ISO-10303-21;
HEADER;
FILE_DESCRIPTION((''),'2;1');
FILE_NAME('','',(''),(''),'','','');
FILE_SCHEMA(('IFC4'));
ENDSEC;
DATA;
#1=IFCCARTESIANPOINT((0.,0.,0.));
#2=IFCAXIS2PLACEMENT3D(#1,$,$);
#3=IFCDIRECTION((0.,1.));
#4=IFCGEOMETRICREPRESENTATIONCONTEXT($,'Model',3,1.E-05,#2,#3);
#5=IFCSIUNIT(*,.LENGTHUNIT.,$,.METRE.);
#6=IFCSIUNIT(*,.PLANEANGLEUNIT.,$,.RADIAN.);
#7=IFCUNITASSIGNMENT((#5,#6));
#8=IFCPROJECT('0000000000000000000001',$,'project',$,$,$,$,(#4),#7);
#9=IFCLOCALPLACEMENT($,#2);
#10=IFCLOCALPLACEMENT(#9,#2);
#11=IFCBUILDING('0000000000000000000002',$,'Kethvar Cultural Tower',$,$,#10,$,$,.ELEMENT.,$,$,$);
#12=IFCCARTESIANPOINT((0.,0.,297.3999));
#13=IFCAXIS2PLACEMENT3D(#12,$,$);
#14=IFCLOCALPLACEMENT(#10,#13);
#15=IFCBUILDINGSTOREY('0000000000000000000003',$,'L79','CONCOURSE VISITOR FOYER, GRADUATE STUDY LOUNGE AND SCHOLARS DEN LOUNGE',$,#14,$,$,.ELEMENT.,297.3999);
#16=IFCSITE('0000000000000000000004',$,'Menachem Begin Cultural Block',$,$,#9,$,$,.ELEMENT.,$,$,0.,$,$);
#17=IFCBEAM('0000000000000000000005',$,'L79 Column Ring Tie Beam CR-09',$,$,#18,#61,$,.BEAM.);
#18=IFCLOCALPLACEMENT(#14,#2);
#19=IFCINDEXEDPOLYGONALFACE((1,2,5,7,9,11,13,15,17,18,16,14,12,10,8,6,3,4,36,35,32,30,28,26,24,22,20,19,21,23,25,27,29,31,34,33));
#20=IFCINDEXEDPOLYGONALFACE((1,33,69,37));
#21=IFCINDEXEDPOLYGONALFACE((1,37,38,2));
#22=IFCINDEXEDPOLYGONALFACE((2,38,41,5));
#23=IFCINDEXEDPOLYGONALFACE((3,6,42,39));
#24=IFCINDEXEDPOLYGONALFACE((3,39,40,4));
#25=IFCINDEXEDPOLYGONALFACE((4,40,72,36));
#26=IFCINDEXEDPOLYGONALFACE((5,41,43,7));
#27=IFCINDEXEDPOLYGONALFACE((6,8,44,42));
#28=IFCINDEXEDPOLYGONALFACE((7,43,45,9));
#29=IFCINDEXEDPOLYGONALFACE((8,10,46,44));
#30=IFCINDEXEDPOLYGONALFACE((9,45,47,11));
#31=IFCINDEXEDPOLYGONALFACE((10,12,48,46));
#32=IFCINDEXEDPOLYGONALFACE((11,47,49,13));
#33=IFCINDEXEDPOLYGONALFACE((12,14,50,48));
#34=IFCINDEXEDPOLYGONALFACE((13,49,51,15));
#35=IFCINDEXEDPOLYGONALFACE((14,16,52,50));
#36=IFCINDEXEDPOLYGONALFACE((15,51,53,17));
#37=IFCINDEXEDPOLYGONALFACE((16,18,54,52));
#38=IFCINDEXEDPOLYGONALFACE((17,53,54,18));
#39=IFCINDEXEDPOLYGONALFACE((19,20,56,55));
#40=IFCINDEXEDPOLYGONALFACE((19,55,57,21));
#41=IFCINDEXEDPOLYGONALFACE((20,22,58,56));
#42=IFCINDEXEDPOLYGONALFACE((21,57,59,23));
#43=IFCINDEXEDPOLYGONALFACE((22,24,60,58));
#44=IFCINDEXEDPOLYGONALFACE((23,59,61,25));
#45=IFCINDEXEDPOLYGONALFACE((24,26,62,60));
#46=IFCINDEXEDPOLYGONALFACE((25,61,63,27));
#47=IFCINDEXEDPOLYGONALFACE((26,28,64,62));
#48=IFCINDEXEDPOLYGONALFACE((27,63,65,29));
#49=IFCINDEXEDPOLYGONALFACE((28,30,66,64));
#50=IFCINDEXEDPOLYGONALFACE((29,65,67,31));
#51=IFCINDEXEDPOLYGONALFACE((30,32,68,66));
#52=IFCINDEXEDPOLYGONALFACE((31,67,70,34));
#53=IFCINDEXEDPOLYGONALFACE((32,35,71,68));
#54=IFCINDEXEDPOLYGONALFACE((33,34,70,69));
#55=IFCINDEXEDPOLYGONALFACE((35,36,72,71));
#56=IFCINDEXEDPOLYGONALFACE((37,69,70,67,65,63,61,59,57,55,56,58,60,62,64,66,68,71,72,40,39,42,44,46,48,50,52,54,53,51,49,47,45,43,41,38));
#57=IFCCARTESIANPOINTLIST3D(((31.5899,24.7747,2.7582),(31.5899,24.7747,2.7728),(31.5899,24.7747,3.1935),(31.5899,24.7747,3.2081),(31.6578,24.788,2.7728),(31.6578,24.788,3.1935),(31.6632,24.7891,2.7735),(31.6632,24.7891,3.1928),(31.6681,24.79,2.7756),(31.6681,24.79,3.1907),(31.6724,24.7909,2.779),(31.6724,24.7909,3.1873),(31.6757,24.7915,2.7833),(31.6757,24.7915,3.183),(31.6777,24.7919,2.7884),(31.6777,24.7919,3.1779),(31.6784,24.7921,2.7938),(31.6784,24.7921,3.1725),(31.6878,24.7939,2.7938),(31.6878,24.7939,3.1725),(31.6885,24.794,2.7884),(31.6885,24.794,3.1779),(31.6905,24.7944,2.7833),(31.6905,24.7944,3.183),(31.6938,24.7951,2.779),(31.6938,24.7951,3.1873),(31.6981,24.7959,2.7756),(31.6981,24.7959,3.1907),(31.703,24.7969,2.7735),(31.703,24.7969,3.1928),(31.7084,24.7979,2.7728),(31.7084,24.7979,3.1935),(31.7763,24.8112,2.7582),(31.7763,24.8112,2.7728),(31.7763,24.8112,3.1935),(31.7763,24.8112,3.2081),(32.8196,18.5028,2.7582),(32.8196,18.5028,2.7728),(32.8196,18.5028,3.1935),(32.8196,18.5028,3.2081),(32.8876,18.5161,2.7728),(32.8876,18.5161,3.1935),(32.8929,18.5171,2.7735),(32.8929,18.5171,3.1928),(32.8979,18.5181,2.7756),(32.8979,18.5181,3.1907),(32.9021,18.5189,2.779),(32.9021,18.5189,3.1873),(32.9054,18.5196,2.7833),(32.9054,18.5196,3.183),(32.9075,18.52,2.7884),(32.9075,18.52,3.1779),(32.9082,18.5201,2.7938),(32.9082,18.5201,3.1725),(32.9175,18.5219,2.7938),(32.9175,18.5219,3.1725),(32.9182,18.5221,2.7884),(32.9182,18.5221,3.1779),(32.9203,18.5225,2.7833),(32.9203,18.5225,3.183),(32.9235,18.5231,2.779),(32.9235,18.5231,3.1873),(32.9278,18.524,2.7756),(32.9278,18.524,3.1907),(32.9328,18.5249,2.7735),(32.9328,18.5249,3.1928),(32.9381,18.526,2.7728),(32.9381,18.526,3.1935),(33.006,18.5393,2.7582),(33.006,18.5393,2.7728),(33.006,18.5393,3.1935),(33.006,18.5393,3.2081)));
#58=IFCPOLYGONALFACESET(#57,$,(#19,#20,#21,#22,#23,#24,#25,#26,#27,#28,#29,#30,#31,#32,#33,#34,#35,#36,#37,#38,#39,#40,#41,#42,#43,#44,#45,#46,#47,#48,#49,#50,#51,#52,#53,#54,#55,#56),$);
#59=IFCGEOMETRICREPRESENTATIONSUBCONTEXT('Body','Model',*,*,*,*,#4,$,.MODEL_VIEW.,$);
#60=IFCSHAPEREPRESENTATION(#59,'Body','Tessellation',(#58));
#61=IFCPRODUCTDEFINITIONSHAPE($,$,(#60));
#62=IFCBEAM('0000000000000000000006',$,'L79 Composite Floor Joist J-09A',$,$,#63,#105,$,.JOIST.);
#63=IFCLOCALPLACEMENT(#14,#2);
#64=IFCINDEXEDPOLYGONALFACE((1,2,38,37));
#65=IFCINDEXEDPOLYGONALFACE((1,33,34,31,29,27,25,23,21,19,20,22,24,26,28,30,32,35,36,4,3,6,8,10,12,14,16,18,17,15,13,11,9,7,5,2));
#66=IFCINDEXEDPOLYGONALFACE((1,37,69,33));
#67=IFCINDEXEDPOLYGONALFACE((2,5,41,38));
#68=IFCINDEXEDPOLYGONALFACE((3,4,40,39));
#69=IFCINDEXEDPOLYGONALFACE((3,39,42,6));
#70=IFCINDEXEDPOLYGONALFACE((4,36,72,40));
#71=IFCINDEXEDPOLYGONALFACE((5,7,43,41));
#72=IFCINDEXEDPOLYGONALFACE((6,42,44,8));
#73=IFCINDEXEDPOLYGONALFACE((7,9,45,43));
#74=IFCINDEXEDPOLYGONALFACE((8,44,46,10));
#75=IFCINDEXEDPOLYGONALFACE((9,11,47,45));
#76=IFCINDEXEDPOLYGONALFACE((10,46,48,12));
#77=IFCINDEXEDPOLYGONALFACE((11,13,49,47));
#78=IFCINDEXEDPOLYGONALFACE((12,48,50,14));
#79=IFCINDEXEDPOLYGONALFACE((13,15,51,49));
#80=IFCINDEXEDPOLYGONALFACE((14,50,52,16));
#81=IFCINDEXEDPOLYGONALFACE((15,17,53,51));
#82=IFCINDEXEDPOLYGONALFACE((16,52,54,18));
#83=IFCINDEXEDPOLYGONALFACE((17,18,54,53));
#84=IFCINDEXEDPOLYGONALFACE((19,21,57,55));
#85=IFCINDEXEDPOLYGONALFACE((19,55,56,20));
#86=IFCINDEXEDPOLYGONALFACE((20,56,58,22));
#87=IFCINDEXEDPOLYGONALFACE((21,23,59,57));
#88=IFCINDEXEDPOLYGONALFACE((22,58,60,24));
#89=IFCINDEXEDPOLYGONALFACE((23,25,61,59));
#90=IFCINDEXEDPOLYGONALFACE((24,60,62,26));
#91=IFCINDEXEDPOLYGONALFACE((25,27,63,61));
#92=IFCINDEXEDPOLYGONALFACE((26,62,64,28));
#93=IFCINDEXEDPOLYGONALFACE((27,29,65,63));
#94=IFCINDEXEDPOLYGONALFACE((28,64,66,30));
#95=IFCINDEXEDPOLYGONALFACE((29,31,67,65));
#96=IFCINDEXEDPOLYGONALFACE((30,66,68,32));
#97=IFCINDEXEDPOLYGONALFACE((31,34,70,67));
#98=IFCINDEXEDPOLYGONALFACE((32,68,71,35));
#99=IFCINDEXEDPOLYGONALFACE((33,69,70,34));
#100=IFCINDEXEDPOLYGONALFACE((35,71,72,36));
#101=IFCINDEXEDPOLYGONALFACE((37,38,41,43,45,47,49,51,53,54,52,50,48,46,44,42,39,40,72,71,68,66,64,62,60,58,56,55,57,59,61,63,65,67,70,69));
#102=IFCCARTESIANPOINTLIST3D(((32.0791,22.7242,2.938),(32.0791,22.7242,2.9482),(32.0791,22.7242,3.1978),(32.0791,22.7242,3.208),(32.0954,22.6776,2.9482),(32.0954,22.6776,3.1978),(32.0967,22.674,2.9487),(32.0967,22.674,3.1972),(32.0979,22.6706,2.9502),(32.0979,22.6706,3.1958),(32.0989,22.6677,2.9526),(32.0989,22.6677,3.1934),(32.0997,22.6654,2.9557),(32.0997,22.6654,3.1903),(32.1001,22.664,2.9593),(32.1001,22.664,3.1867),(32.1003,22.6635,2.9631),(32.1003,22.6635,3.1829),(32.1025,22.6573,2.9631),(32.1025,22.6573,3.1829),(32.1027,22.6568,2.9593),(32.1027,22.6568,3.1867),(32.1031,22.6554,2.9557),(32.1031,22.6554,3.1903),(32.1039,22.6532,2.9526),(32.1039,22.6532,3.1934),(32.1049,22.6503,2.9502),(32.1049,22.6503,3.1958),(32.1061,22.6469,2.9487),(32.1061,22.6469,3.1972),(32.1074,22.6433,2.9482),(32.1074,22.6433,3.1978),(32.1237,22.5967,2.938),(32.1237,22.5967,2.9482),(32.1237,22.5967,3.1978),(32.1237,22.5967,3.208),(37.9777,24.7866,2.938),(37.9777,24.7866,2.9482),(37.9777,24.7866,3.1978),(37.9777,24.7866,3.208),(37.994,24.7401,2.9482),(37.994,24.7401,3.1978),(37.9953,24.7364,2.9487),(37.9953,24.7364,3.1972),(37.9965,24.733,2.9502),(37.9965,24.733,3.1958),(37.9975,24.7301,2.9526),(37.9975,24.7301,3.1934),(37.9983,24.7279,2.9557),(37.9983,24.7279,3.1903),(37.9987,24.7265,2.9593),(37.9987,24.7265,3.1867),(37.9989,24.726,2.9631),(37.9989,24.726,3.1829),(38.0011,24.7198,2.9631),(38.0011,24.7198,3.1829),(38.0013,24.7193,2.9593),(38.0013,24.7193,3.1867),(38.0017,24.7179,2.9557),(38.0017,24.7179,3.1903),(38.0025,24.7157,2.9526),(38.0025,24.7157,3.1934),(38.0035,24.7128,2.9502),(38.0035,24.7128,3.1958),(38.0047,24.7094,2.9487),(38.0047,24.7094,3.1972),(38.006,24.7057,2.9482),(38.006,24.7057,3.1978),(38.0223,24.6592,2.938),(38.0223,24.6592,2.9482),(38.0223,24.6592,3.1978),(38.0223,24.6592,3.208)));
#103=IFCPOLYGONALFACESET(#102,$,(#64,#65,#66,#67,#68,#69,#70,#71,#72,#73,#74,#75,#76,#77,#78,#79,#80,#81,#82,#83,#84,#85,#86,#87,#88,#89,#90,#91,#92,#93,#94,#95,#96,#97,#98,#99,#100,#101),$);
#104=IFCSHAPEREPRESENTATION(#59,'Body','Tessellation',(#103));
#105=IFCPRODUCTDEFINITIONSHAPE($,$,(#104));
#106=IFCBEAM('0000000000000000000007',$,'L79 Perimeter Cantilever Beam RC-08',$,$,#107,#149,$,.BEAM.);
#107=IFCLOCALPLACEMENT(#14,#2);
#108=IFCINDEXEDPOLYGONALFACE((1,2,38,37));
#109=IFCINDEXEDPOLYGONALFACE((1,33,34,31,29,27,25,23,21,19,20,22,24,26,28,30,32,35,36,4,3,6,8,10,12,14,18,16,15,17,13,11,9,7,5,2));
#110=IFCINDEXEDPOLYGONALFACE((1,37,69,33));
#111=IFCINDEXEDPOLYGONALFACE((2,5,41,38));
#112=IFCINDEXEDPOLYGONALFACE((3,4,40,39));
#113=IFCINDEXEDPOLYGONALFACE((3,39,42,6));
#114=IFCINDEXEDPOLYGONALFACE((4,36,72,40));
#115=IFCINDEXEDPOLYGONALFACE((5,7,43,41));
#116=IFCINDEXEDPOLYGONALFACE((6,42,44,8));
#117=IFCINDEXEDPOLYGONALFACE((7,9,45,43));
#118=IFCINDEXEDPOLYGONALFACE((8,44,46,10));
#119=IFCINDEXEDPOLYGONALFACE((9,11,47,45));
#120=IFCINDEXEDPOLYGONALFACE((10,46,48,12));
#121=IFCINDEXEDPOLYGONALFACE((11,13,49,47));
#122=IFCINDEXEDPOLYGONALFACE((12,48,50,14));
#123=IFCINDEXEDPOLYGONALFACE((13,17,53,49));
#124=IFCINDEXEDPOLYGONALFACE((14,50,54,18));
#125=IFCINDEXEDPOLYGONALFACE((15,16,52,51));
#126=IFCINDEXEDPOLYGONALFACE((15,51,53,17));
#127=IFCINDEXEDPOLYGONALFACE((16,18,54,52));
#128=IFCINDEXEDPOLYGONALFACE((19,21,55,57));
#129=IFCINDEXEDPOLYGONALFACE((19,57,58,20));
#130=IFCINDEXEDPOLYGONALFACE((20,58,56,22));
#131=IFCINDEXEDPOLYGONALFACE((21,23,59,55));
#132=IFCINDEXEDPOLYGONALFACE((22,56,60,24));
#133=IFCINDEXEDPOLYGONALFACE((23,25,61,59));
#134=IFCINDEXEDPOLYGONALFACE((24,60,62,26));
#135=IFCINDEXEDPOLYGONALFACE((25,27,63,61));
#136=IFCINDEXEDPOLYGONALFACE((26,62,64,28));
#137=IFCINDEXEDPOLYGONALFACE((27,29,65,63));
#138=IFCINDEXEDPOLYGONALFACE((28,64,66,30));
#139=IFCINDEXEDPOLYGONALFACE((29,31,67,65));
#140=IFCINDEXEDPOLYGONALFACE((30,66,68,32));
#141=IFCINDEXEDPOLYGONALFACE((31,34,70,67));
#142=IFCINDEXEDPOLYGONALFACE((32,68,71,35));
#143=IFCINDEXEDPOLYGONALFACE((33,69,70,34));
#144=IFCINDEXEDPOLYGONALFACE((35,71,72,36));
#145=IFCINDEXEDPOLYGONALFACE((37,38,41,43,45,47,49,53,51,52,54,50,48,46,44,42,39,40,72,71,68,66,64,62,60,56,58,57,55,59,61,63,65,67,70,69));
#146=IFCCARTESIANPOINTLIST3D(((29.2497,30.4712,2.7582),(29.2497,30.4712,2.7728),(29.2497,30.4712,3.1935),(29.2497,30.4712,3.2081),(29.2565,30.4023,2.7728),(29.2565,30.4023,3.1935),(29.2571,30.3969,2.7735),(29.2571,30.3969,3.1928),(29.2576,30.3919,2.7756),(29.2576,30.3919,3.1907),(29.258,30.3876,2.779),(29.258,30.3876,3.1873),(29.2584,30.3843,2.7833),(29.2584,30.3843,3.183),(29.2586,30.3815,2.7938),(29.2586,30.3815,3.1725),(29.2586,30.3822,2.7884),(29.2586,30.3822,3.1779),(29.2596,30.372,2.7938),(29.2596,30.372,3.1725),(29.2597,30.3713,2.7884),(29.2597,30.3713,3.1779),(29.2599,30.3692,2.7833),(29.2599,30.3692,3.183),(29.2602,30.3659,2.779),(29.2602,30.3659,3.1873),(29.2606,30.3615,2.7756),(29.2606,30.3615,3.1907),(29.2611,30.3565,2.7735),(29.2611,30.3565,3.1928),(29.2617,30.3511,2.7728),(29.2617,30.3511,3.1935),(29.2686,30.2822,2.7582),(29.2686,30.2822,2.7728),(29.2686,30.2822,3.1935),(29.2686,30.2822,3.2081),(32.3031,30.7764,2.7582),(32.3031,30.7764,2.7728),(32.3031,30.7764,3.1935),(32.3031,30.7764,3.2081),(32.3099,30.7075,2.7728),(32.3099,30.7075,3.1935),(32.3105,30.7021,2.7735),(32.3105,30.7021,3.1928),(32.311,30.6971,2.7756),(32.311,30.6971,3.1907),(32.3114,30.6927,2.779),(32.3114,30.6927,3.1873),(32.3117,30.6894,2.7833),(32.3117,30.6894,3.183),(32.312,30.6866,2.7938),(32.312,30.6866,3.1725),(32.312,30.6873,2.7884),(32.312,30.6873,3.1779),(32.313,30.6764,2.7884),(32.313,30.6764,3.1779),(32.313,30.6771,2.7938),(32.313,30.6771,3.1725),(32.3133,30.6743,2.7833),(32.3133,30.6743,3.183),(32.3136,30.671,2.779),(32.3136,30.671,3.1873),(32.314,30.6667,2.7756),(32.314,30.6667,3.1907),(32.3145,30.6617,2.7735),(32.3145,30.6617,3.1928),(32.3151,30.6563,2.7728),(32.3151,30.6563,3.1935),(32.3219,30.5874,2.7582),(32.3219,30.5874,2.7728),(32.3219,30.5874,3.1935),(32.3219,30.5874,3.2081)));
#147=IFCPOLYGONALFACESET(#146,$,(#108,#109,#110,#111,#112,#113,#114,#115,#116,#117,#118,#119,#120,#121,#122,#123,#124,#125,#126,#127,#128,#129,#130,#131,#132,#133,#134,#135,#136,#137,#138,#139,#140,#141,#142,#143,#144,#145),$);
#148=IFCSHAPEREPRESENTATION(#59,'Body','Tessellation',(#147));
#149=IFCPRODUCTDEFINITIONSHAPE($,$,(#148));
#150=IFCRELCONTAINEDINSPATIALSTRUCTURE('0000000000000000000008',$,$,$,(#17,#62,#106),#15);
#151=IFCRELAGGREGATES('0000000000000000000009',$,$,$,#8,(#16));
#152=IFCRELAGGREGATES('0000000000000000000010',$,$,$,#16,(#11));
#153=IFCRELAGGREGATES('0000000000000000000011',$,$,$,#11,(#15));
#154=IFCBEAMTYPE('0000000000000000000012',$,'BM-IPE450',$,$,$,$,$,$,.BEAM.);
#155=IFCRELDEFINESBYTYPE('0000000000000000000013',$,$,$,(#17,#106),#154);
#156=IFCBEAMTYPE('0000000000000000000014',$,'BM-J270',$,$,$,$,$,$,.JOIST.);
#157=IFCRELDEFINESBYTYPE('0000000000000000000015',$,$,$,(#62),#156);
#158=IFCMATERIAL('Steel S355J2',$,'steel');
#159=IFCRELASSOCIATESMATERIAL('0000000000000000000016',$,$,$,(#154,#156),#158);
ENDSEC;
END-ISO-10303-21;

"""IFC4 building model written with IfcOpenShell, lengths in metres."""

from ifc_helpers import new_model, si_unit, direction, frame, origin, origin_2d, place, context, subcontext, project, spatial, i_section, extrude, source, transform, mapped, material, material_profile, profile_set, type_object, element, save


model = new_model("IFC4")

# Units and contexts
model_context = context("Model", 3, precision=1e-05, world=origin(), true_north=direction((0.0, 1.0)))
body_context = subcontext(model_context, "Body", "Model", "MODEL_VIEW")
ifc_project = project(units=[si_unit("LENGTHUNIT", "METRE"), si_unit("PLANEANGLEUNIT", "RADIAN")], contexts=[model_context])

# Site, building, storey
site_placement = place(None, origin())
site = spatial("IfcSite", under=ifc_project, at=site_placement, Name="Menachem Begin Cultural Block", CompositionType="ELEMENT", RefElevation=0.0)
building_placement = place(site_placement, origin())
building = spatial("IfcBuilding", under=site, at=building_placement, Name="Kethvar Cultural Tower", CompositionType="ELEMENT")
storey_placement = place(building_placement, frame((0.0, 0.0, 297.3999)))
storey = spatial("IfcBuildingStorey", under=building, at=storey_placement, Name="L79", Description="CONCOURSE VISITOR FOYER, GRADUATE STUDY LOUNGE AND SCHOLARS DEN LOUNGE", CompositionType="ELEMENT", Elevation=297.3999)

# Shared definitions
ifc_material_1 = material(Name="Steel S355J2", Category="steel")

# Beams
ifc_material_profile_1 = material_profile(ifc_material_1, i_section(OverallWidth=0.1899, OverallDepth=0.45, WebThickness=0.0095, FlangeThickness=0.0146, FilletRadius=0.021, at=origin_2d()), Name="Steel S355J2 — IPE450")
ifc_profile_set_1 = profile_set([ifc_material_profile_1], Name="Steel S355J2 — IPE450")
beam_type_1 = type_object("IfcBeamType", Name="BM-IPE450", PredefinedType="BEAM", material=ifc_profile_set_1)
shared_shape_1 = source(origin(), body_context, "Body", "SweptSolid", [
    extrude(i_section(OverallWidth=0.1899, OverallDepth=0.45, WebThickness=0.0095, FlangeThickness=0.0146, FilletRadius=0.021, at=origin_2d()), origin(), (0.0, 0.0, 1.0), 6.3914),
])
beam_1_placement = place(storey_placement, frame((31.6831, 24.793, 2.9832), z_axis=(0.192405, -0.981316, 0.0), x_axis=(0.981316, 0.192405, 0.0)))
element("IfcBeam", 1, at=beam_1_placement, inside=storey, type_object=beam_type_1, Name="L79 Column Ring Tie Beam CR-09", PredefinedType="BEAM", context=body_context, shape_type="MappedRepresentation", body=[
    mapped(shared_shape_1, transform((0.0, 0.0, 0.0), scale=1.0)),
])
ifc_material_profile_2 = material_profile(ifc_material_1, i_section(OverallWidth=0.135, OverallDepth=0.27, WebThickness=0.0066, FlangeThickness=0.0103, FilletRadius=0.0149, at=origin_2d()), Name="Steel S355J2 — IPE270")
ifc_profile_set_2 = profile_set([ifc_material_profile_2], Name="Steel S355J2 — IPE270")
beam_type_2 = type_object("IfcBeamType", Name="BM-J270", PredefinedType="JOIST", material=ifc_profile_set_2)
shared_shape_2 = source(origin(), body_context, "Body", "SweptSolid", [
    extrude(i_section(OverallWidth=0.135, OverallDepth=0.27, WebThickness=0.0066, FlangeThickness=0.0103, FilletRadius=0.0149, at=origin_2d()), origin(), (0.0, 0.0, 1.0), 6.2488),
])
beam_2_placement = place(storey_placement, frame((38.0, 24.7229, 3.073), z_axis=(-0.94396, -0.33006, 0.0), x_axis=(0.33006, -0.94396, 0.0)))
element("IfcBeam", 2, at=beam_2_placement, inside=storey, type_object=beam_type_2, Name="L79 Composite Floor Joist J-09A", PredefinedType="JOIST", context=body_context, shape_type="MappedRepresentation", body=[
    mapped(shared_shape_2, transform((0.0, 0.0, 0.0), scale=1.0)),
])
shared_shape_3 = source(origin(), body_context, "Body", "SweptSolid", [
    extrude(i_section(OverallWidth=0.1899, OverallDepth=0.45, WebThickness=0.0095, FlangeThickness=0.0146, FilletRadius=0.021, at=origin_2d()), origin(), (0.0, 0.0, 1.0), 3.0686),
])
beam_3_placement = place(storey_placement, frame((32.3125, 30.6819, 2.9832), z_axis=(-0.995043, -0.099449, 0.0), x_axis=(0.099449, -0.995043, 0.0)))
element("IfcBeam", 3, at=beam_3_placement, inside=storey, type_object=beam_type_1, Name="L79 Perimeter Cantilever Beam RC-08", PredefinedType="BEAM", context=body_context, shape_type="MappedRepresentation", body=[
    mapped(shared_shape_3, transform((0.0, 0.0, 0.0), scale=1.0)),
])

save(model, "model.ifc")
